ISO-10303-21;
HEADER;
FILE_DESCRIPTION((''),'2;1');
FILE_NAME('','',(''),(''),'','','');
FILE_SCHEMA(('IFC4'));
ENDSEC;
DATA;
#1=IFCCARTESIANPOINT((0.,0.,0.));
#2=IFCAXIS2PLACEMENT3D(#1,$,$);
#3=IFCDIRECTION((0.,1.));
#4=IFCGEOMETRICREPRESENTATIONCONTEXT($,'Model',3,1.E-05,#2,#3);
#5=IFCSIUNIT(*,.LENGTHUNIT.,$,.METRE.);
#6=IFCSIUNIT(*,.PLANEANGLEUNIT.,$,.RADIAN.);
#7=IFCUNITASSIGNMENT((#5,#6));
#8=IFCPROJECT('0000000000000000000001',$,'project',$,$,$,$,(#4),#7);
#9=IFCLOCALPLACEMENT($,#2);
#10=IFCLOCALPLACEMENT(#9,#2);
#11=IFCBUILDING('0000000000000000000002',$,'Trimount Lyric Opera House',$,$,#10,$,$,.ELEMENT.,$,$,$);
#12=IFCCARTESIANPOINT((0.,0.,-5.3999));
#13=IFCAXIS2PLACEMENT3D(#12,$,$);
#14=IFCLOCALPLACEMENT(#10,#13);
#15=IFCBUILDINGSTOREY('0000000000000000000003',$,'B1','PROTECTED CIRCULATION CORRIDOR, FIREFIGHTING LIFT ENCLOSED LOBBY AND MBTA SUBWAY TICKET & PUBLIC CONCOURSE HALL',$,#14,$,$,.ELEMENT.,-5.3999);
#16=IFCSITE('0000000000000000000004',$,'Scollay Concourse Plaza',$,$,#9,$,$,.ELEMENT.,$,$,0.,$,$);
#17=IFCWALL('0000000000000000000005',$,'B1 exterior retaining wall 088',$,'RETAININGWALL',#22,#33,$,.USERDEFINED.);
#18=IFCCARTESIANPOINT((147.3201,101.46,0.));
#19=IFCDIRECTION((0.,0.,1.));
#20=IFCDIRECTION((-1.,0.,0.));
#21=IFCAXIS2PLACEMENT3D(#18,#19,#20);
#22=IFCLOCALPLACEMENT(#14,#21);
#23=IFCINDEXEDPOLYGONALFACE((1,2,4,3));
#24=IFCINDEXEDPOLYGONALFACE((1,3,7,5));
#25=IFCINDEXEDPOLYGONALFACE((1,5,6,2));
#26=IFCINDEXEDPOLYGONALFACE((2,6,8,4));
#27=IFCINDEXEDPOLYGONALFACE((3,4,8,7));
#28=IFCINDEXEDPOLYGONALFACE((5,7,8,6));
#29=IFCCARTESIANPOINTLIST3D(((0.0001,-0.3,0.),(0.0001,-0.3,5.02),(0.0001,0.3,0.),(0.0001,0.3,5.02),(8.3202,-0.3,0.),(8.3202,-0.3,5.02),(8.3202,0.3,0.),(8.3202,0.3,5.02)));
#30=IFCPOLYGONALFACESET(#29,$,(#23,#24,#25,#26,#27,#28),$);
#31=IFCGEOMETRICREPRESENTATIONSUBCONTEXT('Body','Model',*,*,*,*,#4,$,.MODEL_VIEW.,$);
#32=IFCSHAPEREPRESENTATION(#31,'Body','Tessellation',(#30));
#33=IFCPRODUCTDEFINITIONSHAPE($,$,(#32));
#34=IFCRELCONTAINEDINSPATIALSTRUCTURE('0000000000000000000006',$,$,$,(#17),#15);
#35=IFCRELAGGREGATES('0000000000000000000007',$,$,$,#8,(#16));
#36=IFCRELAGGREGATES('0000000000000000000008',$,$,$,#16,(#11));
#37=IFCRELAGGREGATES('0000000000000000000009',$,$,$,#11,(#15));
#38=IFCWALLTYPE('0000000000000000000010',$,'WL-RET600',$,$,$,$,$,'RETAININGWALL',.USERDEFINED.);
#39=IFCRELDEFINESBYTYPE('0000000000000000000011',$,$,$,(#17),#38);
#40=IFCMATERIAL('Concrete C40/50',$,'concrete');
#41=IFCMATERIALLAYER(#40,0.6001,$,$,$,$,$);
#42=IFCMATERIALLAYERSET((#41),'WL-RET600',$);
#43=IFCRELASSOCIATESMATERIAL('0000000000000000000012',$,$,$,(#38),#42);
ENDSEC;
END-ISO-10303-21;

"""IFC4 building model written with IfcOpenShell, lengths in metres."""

from ifc_helpers import new_model, si_unit, direction, frame, frame_2d, origin, place, context, subcontext, project, spatial, rectangle, extrude, material, layer, layer_set, type_object, element, save


model = new_model("IFC4")

# Units and contexts
model_context = context("Model", 3, precision=1e-05, world=origin(), true_north=direction((0.0, 1.0)))
body_context = subcontext(model_context, "Body", "Model", "MODEL_VIEW")
ifc_project = project(units=[si_unit("LENGTHUNIT", "METRE"), si_unit("PLANEANGLEUNIT", "RADIAN")], contexts=[model_context])

# Site, building, storey
site_placement = place(None, origin())
site = spatial("IfcSite", under=ifc_project, at=site_placement, Name="Scollay Concourse Plaza", CompositionType="ELEMENT", RefElevation=0.0)
building_placement = place(site_placement, origin())
building = spatial("IfcBuilding", under=site, at=building_placement, Name="Trimount Lyric Opera House", CompositionType="ELEMENT")
storey_placement = place(building_placement, frame((0.0, 0.0, -5.3999)))
storey = spatial("IfcBuildingStorey", under=building, at=storey_placement, Name="B1", Description="PROTECTED CIRCULATION CORRIDOR, FIREFIGHTING LIFT ENCLOSED LOBBY AND MBTA SUBWAY TICKET & PUBLIC CONCOURSE HALL", CompositionType="ELEMENT", Elevation=-5.3999)

# Wall
ifc_material_1 = material(Name="Concrete C40/50", Category="concrete")
ifc_layer_1 = layer(ifc_material_1, 0.6001)
ifc_layer_set_1 = layer_set([ifc_layer_1], Name="WL-RET600")
wall_type_1 = type_object("IfcWallType", Name="WL-RET600", ElementType="RETAININGWALL", PredefinedType="USERDEFINED", material=ifc_layer_set_1)
wall_1_placement = place(storey_placement, frame((147.3201, 101.46, 0.0), z_axis=(0.0, 0.0, 1.0), x_axis=(-1.0, 0.0, 0.0)))
element("IfcWall", 1, at=wall_1_placement, inside=storey, type_object=wall_type_1, Name="B1 exterior retaining wall 088", ObjectType="RETAININGWALL", PredefinedType="USERDEFINED", context=body_context, shape_type="SweptSolid", body=[
    extrude(rectangle(XDim=8.3201, YDim=0.6001, at=frame_2d((4.1602, 0.0))), origin(), (0.0, 0.0, 1.0), 5.02),
])

save(model, "model.ifc")
